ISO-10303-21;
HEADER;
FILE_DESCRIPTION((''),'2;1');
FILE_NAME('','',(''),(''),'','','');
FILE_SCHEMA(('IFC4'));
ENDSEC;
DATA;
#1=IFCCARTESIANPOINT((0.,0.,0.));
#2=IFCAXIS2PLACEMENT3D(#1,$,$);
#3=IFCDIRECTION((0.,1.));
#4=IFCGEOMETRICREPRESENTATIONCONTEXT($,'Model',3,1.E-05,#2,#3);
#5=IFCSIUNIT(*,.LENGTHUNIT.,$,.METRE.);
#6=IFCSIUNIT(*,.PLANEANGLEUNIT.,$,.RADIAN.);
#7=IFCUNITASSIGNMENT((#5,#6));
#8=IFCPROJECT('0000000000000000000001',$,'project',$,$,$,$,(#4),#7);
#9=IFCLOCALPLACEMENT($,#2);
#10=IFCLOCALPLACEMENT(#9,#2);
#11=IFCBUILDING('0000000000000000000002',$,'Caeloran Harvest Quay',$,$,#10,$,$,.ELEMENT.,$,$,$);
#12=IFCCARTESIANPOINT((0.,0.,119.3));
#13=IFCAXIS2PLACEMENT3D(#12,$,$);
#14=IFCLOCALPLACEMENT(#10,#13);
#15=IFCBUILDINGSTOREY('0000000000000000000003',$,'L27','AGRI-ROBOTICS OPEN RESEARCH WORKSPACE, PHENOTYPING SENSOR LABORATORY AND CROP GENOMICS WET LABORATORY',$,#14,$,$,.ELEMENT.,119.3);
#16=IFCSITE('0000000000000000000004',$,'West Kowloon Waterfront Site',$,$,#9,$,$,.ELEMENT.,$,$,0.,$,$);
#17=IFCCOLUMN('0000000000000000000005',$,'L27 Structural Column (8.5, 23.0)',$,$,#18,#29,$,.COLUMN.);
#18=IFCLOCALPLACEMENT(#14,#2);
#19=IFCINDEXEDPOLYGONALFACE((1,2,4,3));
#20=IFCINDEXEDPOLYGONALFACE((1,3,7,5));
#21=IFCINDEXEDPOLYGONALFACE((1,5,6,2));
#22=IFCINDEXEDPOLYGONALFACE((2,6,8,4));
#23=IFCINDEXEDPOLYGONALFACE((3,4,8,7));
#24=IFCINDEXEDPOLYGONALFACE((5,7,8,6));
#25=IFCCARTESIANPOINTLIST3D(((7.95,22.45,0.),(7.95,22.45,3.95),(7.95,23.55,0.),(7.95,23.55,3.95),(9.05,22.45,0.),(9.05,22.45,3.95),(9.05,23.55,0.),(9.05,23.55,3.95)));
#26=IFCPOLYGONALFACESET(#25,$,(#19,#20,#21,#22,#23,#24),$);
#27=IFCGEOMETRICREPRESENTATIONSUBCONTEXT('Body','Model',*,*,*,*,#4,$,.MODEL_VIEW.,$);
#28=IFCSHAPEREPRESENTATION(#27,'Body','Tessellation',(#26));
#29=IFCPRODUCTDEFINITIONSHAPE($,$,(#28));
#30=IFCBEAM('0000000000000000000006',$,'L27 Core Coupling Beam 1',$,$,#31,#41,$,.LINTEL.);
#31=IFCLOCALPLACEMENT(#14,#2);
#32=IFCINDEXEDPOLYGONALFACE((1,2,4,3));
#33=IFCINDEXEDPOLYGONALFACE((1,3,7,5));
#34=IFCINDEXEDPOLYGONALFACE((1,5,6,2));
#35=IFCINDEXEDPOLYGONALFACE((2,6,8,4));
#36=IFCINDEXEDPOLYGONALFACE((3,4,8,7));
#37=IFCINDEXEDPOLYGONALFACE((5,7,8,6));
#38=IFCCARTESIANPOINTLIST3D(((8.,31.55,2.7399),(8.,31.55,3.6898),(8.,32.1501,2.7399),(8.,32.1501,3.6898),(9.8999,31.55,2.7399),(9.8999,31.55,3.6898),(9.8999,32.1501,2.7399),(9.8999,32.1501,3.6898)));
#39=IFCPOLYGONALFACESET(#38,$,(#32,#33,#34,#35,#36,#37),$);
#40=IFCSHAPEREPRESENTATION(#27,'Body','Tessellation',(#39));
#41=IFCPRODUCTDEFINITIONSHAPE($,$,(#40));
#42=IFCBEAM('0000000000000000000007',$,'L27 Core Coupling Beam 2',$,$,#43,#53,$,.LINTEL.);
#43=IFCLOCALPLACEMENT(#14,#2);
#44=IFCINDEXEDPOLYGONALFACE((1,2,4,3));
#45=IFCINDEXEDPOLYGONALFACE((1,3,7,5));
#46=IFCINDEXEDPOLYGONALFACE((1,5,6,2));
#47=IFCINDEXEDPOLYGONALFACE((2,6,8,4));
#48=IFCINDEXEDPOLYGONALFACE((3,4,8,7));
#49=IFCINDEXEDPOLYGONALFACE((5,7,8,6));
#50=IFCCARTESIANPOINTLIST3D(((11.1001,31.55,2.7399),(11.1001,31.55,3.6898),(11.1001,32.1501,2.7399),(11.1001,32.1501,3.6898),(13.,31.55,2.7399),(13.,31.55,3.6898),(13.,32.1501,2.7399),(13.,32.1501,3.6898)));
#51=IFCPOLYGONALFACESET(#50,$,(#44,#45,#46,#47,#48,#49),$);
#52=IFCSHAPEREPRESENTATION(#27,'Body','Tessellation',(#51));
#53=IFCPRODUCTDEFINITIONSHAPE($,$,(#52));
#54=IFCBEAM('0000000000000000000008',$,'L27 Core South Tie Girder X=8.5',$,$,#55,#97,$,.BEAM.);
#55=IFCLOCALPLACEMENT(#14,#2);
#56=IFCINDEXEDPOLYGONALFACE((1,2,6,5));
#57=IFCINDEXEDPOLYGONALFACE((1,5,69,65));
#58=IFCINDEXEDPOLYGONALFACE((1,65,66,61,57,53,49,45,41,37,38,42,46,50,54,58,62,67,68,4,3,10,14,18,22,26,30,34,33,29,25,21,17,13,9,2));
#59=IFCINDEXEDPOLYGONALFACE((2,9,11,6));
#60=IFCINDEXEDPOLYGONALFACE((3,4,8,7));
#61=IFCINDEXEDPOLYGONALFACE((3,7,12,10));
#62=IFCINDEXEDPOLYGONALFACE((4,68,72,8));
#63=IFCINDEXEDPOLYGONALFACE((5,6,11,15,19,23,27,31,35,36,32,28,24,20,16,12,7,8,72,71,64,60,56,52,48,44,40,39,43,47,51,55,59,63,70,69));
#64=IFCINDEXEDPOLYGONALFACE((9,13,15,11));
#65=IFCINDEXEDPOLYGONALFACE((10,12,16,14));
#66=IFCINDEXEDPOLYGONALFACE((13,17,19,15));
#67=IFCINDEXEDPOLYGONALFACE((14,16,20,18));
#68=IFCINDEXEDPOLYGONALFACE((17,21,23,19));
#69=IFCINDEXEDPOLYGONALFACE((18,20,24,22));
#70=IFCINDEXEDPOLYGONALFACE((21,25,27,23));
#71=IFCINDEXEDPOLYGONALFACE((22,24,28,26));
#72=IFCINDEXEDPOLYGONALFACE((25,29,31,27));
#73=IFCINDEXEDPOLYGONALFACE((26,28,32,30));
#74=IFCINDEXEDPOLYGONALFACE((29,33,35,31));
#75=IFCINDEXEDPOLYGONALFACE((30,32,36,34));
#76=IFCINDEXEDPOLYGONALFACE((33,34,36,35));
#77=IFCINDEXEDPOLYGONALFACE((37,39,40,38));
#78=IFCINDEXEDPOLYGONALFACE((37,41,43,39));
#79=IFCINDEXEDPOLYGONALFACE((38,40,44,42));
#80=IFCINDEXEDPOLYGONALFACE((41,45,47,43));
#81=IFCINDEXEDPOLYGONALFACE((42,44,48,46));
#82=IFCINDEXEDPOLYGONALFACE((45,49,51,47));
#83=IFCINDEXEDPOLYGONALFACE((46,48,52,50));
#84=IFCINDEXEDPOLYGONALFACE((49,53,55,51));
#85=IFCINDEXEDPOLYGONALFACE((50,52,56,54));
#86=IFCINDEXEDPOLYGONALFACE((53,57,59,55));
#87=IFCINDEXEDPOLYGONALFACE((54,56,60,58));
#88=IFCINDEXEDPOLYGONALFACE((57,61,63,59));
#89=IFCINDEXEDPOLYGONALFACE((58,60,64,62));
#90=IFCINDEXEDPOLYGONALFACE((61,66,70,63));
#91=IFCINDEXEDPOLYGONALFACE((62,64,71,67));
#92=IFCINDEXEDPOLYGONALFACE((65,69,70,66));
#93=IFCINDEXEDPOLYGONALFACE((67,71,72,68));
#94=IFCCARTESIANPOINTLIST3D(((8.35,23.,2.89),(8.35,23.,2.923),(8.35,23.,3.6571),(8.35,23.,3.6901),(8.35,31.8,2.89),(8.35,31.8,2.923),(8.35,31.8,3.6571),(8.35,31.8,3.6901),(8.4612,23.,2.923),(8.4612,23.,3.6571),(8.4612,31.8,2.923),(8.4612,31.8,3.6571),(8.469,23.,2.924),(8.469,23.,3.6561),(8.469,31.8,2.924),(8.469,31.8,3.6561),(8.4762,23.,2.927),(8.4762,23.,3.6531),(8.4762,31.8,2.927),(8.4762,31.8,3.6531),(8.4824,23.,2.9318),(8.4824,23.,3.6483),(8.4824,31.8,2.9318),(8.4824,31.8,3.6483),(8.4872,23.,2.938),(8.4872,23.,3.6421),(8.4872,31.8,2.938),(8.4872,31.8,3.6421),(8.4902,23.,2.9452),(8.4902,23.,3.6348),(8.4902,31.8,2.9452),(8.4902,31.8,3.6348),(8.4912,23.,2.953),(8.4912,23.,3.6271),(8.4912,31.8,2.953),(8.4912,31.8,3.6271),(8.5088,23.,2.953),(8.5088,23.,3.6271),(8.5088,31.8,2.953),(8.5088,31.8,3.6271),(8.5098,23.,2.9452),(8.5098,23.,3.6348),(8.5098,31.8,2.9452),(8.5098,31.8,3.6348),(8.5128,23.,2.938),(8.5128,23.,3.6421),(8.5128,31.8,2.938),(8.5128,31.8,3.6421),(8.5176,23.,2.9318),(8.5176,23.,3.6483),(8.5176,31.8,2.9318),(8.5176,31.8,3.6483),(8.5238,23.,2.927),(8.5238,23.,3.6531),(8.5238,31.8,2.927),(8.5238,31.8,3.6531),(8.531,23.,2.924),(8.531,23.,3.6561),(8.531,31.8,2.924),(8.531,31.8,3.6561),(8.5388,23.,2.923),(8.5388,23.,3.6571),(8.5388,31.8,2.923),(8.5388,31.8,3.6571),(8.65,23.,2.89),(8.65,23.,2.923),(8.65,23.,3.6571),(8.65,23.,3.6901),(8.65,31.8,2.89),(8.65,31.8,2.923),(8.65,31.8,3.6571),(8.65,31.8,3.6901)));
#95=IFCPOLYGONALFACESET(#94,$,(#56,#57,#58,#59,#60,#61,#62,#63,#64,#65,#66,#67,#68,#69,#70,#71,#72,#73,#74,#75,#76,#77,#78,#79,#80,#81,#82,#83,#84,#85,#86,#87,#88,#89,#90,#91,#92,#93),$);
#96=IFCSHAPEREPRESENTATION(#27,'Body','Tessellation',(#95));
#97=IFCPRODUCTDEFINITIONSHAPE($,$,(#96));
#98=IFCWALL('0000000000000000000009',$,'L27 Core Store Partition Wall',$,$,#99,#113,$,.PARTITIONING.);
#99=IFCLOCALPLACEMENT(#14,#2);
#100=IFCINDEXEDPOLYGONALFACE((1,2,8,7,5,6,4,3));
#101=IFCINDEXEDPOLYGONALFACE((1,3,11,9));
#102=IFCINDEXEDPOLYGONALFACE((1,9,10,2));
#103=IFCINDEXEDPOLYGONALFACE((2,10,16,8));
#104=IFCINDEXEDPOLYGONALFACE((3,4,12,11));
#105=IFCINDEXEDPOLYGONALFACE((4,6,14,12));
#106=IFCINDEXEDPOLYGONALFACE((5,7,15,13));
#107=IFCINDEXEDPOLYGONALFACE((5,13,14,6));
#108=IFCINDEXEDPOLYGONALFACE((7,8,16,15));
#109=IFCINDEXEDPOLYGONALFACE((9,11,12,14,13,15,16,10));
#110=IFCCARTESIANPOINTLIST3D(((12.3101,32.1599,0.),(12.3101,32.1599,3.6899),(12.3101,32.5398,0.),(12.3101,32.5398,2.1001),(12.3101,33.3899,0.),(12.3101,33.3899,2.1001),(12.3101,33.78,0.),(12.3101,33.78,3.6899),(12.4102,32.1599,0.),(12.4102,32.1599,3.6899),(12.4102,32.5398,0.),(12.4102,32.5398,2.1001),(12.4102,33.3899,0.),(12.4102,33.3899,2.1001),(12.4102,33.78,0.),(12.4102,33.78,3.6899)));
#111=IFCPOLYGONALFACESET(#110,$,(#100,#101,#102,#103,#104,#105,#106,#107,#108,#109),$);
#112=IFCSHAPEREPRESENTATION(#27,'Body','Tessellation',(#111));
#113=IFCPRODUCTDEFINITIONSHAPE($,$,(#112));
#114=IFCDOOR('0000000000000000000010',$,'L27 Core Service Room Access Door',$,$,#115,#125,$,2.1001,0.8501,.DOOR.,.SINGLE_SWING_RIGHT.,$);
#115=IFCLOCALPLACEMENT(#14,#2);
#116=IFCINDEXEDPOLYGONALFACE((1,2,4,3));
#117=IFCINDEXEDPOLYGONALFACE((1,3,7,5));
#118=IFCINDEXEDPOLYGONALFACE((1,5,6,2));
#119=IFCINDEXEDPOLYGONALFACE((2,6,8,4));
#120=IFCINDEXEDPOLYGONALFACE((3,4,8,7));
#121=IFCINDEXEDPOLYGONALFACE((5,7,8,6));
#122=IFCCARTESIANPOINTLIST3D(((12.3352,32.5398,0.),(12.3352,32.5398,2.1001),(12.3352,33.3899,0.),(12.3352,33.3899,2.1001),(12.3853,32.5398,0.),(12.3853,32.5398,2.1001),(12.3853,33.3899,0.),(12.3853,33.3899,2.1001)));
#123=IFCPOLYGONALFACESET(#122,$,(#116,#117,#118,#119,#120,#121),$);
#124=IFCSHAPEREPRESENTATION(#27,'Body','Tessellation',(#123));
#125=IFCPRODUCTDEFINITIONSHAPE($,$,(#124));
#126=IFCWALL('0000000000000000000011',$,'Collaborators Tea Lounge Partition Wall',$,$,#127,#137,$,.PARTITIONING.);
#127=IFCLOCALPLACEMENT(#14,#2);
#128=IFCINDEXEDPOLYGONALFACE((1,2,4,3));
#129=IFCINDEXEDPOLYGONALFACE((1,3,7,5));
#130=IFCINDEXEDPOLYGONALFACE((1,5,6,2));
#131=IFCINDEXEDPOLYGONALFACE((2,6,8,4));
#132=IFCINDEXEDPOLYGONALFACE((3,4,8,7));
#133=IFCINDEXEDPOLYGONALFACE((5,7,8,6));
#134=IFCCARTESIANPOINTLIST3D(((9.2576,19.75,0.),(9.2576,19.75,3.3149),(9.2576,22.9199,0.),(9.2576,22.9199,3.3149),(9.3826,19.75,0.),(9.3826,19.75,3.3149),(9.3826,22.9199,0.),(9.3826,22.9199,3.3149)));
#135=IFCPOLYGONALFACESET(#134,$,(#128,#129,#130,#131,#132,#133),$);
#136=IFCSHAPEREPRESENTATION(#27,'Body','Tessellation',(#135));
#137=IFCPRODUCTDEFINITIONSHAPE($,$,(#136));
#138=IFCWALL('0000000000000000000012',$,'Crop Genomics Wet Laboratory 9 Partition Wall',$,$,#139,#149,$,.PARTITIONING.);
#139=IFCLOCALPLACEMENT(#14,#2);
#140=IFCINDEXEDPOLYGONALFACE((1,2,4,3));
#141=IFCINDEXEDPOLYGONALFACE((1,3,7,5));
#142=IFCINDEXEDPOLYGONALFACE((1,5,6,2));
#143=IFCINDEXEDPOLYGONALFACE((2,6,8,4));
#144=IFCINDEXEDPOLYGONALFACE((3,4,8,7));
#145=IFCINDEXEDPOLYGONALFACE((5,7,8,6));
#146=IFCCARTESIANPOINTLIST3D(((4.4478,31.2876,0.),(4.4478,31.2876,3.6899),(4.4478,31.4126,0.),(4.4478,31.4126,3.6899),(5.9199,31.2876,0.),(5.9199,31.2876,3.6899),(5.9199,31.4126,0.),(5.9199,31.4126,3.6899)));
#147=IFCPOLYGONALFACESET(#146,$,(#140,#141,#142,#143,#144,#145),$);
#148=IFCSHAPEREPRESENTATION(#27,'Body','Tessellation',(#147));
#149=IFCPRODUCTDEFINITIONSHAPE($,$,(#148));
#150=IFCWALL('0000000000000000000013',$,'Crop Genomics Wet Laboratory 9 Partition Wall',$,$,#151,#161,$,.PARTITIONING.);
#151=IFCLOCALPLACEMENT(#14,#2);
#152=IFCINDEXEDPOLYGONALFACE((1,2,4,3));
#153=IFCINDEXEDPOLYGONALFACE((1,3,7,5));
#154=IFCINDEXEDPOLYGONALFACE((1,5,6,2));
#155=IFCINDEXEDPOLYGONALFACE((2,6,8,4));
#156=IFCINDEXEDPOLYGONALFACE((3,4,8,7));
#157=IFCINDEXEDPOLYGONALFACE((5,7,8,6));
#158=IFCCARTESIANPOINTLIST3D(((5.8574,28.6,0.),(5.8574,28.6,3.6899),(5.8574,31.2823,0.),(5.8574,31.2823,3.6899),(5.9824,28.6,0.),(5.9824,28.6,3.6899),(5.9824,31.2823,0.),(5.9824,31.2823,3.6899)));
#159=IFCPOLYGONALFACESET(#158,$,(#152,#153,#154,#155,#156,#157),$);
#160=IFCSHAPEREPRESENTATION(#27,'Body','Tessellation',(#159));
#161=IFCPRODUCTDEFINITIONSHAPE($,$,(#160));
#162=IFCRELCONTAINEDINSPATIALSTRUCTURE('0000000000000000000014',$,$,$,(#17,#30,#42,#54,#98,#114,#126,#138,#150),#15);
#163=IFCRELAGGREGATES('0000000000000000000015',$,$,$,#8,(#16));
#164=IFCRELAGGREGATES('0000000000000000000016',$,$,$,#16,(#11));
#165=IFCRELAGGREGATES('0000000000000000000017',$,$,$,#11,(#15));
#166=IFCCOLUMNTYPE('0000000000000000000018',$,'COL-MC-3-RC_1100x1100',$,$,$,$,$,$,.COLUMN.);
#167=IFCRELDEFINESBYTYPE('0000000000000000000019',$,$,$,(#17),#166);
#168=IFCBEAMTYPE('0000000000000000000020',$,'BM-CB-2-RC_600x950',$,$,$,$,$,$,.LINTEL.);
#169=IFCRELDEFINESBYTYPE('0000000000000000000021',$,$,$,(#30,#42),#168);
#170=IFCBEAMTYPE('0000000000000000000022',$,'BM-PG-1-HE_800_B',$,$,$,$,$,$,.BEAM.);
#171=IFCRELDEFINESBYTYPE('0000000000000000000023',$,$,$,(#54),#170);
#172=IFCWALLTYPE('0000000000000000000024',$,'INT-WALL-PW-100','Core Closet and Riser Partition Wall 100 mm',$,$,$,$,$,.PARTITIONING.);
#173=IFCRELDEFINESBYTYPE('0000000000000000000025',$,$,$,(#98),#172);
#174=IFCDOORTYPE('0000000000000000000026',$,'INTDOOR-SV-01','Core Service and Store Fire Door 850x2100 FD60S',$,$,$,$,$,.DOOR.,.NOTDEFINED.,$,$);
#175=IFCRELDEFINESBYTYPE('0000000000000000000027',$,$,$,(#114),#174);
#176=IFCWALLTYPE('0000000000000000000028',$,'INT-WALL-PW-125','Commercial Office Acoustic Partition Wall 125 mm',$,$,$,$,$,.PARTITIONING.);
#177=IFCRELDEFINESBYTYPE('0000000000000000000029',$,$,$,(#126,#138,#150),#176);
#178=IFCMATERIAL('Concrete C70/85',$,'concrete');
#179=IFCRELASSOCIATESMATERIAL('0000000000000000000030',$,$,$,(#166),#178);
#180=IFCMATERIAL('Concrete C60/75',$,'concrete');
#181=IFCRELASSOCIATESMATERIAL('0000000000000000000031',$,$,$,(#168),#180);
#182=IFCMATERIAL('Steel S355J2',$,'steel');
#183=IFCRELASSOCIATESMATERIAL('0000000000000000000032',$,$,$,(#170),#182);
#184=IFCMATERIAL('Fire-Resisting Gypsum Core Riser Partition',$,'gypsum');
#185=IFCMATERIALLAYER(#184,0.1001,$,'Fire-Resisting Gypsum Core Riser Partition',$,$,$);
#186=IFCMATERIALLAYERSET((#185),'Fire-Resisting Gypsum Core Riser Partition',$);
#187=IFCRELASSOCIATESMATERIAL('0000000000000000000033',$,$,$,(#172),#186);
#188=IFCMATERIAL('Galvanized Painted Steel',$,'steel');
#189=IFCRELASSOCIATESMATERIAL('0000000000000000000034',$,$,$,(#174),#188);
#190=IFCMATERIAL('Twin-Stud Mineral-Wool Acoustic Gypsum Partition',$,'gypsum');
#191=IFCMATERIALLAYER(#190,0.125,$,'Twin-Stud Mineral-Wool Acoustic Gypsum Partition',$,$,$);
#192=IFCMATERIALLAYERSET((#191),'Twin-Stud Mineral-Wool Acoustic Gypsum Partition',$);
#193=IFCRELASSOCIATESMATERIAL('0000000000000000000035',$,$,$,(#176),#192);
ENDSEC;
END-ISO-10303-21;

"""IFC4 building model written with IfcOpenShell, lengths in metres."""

from ifc_helpers import new_model, si_unit, direction, frame, frame_2d, origin, origin_2d, place, context, subcontext, project, spatial, rectangle, i_section, extrude, material, layer, layer_set, material_profile, profile_set, type_object, element, fill, save


model = new_model("IFC4")

# Units and contexts
model_context = context("Model", 3, precision=1e-05, world=origin(), true_north=direction((0.0, 1.0)))
body_context = subcontext(model_context, "Body", "Model", "MODEL_VIEW")
ifc_project = project(units=[si_unit("LENGTHUNIT", "METRE"), si_unit("PLANEANGLEUNIT", "RADIAN")], contexts=[model_context])

# Site, building, storey
site_placement = place(None, origin())
site = spatial("IfcSite", under=ifc_project, at=site_placement, Name="West Kowloon Waterfront Site", CompositionType="ELEMENT", RefElevation=0.0)
building_placement = place(site_placement, origin())
building = spatial("IfcBuilding", under=site, at=building_placement, Name="Caeloran Harvest Quay", CompositionType="ELEMENT")
storey_placement = place(building_placement, frame((0.0, 0.0, 119.3)))
storey = spatial("IfcBuildingStorey", under=building, at=storey_placement, Name="L27", Description="AGRI-ROBOTICS OPEN RESEARCH WORKSPACE, PHENOTYPING SENSOR LABORATORY AND CROP GENOMICS WET LABORATORY", CompositionType="ELEMENT", Elevation=119.3)

# Column
ifc_material_1 = material(Name="Concrete C70/85", Category="concrete")
ifc_material_profile_1 = material_profile(ifc_material_1, rectangle(XDim=1.1001, YDim=1.1001, at=origin_2d()), Name="RC 1100x1100")
ifc_profile_set_1 = profile_set([ifc_material_profile_1], Name="Concrete C70/85")
column_type = type_object("IfcColumnType", Name="COL-MC-3-RC_1100x1100", PredefinedType="COLUMN", material=ifc_profile_set_1)
column_placement = place(storey_placement, frame((8.5, 23.0, 0.0), z_axis=(0.0, 0.0, 1.0), x_axis=(1.0, 0.0, 0.0)))
element("IfcColumn", 1, at=column_placement, inside=storey, type_object=column_type, Name="L27 Structural Column (8.5, 23.0)", PredefinedType="COLUMN", context=body_context, shape_type="SweptSolid", body=[
    extrude(rectangle(XDim=1.1001, YDim=1.1001, at=origin_2d()), origin(), (0.0, 0.0, 1.0), 3.95),
])

# Beams
ifc_material_2 = material(Name="Concrete C60/75", Category="concrete")
ifc_material_profile_2 = material_profile(ifc_material_2, rectangle(XDim=0.6001, YDim=0.95, at=origin_2d()), Name="RC 600x950")
ifc_profile_set_2 = profile_set([ifc_material_profile_2], Name="Concrete C60/75")
beam_type_1 = type_object("IfcBeamType", Name="BM-CB-2-RC_600x950", PredefinedType="LINTEL", material=ifc_profile_set_2)
for number, where, z_axis, x_axis, name in (
    (2, (8.0, 31.8501, 3.2148), (1.0, 0.0, 0.0), (0.0, 1.0, 0.0), "L27 Core Coupling Beam 1"),
    (3, (11.1001, 31.8501, 3.2148), (1.0, 0.0, 0.0), (0.0, 1.0, 0.0), "L27 Core Coupling Beam 2"),
):
    element("IfcBeam", number, at=place(storey_placement, frame(where, z_axis=z_axis, x_axis=x_axis)), inside=storey, type_object=beam_type_1, Name=name, PredefinedType="LINTEL", context=body_context, shape_type="SweptSolid", body=[
        extrude(rectangle(XDim=0.6001, YDim=0.95, at=origin_2d()), origin(), (0.0, 0.0, 1.0), 1.8999),
    ])
ifc_material_3 = material(Name="Steel S355J2", Category="steel")
ifc_material_profile_3 = material_profile(ifc_material_3, i_section(OverallWidth=0.3, OverallDepth=0.8, WebThickness=0.0176, FlangeThickness=0.033, FilletRadius=0.03, at=origin_2d()), Name="HE 800 B")
ifc_profile_set_3 = profile_set([ifc_material_profile_3], Name="Steel S355J2")
beam_type_2 = type_object("IfcBeamType", Name="BM-PG-1-HE_800_B", PredefinedType="BEAM", material=ifc_profile_set_3)
beam_placement = place(storey_placement, frame((8.5, 23.0, 3.29), z_axis=(0.0, 1.0, 0.0), x_axis=(-1.0, 0.0, 0.0)))
element("IfcBeam", 4, at=beam_placement, inside=storey, type_object=beam_type_2, Name="L27 Core South Tie Girder X=8.5", PredefinedType="BEAM", context=body_context, shape_type="SweptSolid", body=[
    extrude(i_section(OverallWidth=0.3, OverallDepth=0.8, WebThickness=0.0176, FlangeThickness=0.033, FilletRadius=0.03, at=origin_2d()), origin(), (0.0, 0.0, 1.0), 8.8),
])

# Wall, opening, door
ifc_material_4 = material(Name="Fire-Resisting Gypsum Core Riser Partition", Category="gypsum")
ifc_layer_1 = layer(ifc_material_4, 0.1001, Name="Fire-Resisting Gypsum Core Riser Partition")
ifc_layer_set_1 = layer_set([ifc_layer_1], Name="Fire-Resisting Gypsum Core Riser Partition")
wall_type_1 = type_object("IfcWallType", Name="INT-WALL-PW-100", Description="Core Closet and Riser Partition Wall 100 mm", PredefinedType="PARTITIONING", material=ifc_layer_set_1)
wall_1_placement = place(storey_placement, frame((12.3601, 32.1599, 0.0), z_axis=(0.0, 0.0, 1.0), x_axis=(0.0, 1.0, 0.0)))
wall_1 = element("IfcWall", 5, at=wall_1_placement, inside=storey, type_object=wall_type_1, Name="L27 Core Store Partition Wall", PredefinedType="PARTITIONING", context=body_context, shape_type="SweptSolid", body=[
    extrude(rectangle(XDim=1.6201, YDim=0.1001, at=frame_2d((0.8101, 0.0))), origin(), (0.0, 0.0, 1.0), 3.6899),
])
opening_1_placement = place(wall_1_placement, frame((0.3799, 0.0, 0.0)))
opening_1 = element("IfcOpeningElement", 6, at=opening_1_placement, cuts=wall_1, PredefinedType="OPENING", context=body_context, shape_type="SweptSolid", body=[
    extrude(rectangle(XDim=0.8501, YDim=2.1001, at=frame_2d((0.425, 1.05))), frame((0.0, 0.0601, 0.0), z_axis=(0.0, -1.0, 0.0), x_axis=(1.0, 0.0, 0.0)), (0.0, 0.0, 1.0), 0.1201),
])
ifc_material_5 = material(Name="Galvanized Painted Steel", Category="steel")
door_type_1 = type_object("IfcDoorType", Name="INTDOOR-SV-01", Description="Core Service and Store Fire Door 850x2100 FD60S", OperationType="NOTDEFINED", PredefinedType="DOOR", material=ifc_material_5)
door_1_placement = place(opening_1_placement, origin())
door_1 = element("IfcDoor", 7, at=door_1_placement, inside=storey, type_object=door_type_1, Name="L27 Core Service Room Access Door", OperationType="SINGLE_SWING_RIGHT", OverallHeight=2.1001, OverallWidth=0.8501, PredefinedType="DOOR", context=body_context, shape_type="SweptSolid", body=[
    extrude(rectangle(XDim=0.8501, YDim=2.1001, at=frame_2d((0.425, 1.05))), frame((0.0, 0.0249, 0.0), z_axis=(0.0, -1.0, 0.0), x_axis=(1.0, 0.0, 0.0)), (0.0, 0.0, 1.0), 0.05),
])
fill(opening_1, door_1)

# Walls
ifc_material_6 = material(Name="Twin-Stud Mineral-Wool Acoustic Gypsum Partition", Category="gypsum")
ifc_layer_2 = layer(ifc_material_6, 0.125, Name="Twin-Stud Mineral-Wool Acoustic Gypsum Partition")
ifc_layer_set_2 = layer_set([ifc_layer_2], Name="Twin-Stud Mineral-Wool Acoustic Gypsum Partition")
wall_type_2 = type_object("IfcWallType", Name="INT-WALL-PW-125", Description="Commercial Office Acoustic Partition Wall 125 mm", PredefinedType="PARTITIONING", material=ifc_layer_set_2)
wall_2_placement = place(storey_placement, frame((9.3201, 22.9199, 0.0), z_axis=(0.0, 0.0, 1.0), x_axis=(0.0, -1.0, 0.0)))
element("IfcWall", 8, at=wall_2_placement, inside=storey, type_object=wall_type_2, Name="Collaborators Tea Lounge Partition Wall", PredefinedType="PARTITIONING", context=body_context, shape_type="SweptSolid", body=[
    extrude(rectangle(XDim=3.1699, YDim=0.125, at=frame_2d((1.585, 0.0))), origin(), (0.0, 0.0, 1.0), 3.3149),
])
wall_3_placement = place(storey_placement, frame((4.4478, 31.3501, 0.0), z_axis=(0.0, 0.0, 1.0), x_axis=(1.0, 0.0, 0.0)))
element("IfcWall", 9, at=wall_3_placement, inside=storey, type_object=wall_type_2, Name="Crop Genomics Wet Laboratory 9 Partition Wall", PredefinedType="PARTITIONING", context=body_context, shape_type="SweptSolid", body=[
    extrude(rectangle(XDim=1.4722, YDim=0.125, at=frame_2d((0.7361, 0.0))), origin(), (0.0, 0.0, 1.0), 3.6899),
])
wall_4_placement = place(storey_placement, frame((5.9199, 31.2825, 0.0), z_axis=(0.0, 0.0, 1.0), x_axis=(0.0, -1.0, 0.0)))
element("IfcWall", 10, at=wall_4_placement, inside=storey, type_object=wall_type_2, Name="Crop Genomics Wet Laboratory 9 Partition Wall", PredefinedType="PARTITIONING", context=body_context, shape_type="SweptSolid", body=[
    extrude(rectangle(XDim=2.6824, YDim=0.125, at=frame_2d((1.3413, 0.0))), origin(), (0.0, 0.0, 1.0), 3.6899),
])

save(model, "model.ifc")
